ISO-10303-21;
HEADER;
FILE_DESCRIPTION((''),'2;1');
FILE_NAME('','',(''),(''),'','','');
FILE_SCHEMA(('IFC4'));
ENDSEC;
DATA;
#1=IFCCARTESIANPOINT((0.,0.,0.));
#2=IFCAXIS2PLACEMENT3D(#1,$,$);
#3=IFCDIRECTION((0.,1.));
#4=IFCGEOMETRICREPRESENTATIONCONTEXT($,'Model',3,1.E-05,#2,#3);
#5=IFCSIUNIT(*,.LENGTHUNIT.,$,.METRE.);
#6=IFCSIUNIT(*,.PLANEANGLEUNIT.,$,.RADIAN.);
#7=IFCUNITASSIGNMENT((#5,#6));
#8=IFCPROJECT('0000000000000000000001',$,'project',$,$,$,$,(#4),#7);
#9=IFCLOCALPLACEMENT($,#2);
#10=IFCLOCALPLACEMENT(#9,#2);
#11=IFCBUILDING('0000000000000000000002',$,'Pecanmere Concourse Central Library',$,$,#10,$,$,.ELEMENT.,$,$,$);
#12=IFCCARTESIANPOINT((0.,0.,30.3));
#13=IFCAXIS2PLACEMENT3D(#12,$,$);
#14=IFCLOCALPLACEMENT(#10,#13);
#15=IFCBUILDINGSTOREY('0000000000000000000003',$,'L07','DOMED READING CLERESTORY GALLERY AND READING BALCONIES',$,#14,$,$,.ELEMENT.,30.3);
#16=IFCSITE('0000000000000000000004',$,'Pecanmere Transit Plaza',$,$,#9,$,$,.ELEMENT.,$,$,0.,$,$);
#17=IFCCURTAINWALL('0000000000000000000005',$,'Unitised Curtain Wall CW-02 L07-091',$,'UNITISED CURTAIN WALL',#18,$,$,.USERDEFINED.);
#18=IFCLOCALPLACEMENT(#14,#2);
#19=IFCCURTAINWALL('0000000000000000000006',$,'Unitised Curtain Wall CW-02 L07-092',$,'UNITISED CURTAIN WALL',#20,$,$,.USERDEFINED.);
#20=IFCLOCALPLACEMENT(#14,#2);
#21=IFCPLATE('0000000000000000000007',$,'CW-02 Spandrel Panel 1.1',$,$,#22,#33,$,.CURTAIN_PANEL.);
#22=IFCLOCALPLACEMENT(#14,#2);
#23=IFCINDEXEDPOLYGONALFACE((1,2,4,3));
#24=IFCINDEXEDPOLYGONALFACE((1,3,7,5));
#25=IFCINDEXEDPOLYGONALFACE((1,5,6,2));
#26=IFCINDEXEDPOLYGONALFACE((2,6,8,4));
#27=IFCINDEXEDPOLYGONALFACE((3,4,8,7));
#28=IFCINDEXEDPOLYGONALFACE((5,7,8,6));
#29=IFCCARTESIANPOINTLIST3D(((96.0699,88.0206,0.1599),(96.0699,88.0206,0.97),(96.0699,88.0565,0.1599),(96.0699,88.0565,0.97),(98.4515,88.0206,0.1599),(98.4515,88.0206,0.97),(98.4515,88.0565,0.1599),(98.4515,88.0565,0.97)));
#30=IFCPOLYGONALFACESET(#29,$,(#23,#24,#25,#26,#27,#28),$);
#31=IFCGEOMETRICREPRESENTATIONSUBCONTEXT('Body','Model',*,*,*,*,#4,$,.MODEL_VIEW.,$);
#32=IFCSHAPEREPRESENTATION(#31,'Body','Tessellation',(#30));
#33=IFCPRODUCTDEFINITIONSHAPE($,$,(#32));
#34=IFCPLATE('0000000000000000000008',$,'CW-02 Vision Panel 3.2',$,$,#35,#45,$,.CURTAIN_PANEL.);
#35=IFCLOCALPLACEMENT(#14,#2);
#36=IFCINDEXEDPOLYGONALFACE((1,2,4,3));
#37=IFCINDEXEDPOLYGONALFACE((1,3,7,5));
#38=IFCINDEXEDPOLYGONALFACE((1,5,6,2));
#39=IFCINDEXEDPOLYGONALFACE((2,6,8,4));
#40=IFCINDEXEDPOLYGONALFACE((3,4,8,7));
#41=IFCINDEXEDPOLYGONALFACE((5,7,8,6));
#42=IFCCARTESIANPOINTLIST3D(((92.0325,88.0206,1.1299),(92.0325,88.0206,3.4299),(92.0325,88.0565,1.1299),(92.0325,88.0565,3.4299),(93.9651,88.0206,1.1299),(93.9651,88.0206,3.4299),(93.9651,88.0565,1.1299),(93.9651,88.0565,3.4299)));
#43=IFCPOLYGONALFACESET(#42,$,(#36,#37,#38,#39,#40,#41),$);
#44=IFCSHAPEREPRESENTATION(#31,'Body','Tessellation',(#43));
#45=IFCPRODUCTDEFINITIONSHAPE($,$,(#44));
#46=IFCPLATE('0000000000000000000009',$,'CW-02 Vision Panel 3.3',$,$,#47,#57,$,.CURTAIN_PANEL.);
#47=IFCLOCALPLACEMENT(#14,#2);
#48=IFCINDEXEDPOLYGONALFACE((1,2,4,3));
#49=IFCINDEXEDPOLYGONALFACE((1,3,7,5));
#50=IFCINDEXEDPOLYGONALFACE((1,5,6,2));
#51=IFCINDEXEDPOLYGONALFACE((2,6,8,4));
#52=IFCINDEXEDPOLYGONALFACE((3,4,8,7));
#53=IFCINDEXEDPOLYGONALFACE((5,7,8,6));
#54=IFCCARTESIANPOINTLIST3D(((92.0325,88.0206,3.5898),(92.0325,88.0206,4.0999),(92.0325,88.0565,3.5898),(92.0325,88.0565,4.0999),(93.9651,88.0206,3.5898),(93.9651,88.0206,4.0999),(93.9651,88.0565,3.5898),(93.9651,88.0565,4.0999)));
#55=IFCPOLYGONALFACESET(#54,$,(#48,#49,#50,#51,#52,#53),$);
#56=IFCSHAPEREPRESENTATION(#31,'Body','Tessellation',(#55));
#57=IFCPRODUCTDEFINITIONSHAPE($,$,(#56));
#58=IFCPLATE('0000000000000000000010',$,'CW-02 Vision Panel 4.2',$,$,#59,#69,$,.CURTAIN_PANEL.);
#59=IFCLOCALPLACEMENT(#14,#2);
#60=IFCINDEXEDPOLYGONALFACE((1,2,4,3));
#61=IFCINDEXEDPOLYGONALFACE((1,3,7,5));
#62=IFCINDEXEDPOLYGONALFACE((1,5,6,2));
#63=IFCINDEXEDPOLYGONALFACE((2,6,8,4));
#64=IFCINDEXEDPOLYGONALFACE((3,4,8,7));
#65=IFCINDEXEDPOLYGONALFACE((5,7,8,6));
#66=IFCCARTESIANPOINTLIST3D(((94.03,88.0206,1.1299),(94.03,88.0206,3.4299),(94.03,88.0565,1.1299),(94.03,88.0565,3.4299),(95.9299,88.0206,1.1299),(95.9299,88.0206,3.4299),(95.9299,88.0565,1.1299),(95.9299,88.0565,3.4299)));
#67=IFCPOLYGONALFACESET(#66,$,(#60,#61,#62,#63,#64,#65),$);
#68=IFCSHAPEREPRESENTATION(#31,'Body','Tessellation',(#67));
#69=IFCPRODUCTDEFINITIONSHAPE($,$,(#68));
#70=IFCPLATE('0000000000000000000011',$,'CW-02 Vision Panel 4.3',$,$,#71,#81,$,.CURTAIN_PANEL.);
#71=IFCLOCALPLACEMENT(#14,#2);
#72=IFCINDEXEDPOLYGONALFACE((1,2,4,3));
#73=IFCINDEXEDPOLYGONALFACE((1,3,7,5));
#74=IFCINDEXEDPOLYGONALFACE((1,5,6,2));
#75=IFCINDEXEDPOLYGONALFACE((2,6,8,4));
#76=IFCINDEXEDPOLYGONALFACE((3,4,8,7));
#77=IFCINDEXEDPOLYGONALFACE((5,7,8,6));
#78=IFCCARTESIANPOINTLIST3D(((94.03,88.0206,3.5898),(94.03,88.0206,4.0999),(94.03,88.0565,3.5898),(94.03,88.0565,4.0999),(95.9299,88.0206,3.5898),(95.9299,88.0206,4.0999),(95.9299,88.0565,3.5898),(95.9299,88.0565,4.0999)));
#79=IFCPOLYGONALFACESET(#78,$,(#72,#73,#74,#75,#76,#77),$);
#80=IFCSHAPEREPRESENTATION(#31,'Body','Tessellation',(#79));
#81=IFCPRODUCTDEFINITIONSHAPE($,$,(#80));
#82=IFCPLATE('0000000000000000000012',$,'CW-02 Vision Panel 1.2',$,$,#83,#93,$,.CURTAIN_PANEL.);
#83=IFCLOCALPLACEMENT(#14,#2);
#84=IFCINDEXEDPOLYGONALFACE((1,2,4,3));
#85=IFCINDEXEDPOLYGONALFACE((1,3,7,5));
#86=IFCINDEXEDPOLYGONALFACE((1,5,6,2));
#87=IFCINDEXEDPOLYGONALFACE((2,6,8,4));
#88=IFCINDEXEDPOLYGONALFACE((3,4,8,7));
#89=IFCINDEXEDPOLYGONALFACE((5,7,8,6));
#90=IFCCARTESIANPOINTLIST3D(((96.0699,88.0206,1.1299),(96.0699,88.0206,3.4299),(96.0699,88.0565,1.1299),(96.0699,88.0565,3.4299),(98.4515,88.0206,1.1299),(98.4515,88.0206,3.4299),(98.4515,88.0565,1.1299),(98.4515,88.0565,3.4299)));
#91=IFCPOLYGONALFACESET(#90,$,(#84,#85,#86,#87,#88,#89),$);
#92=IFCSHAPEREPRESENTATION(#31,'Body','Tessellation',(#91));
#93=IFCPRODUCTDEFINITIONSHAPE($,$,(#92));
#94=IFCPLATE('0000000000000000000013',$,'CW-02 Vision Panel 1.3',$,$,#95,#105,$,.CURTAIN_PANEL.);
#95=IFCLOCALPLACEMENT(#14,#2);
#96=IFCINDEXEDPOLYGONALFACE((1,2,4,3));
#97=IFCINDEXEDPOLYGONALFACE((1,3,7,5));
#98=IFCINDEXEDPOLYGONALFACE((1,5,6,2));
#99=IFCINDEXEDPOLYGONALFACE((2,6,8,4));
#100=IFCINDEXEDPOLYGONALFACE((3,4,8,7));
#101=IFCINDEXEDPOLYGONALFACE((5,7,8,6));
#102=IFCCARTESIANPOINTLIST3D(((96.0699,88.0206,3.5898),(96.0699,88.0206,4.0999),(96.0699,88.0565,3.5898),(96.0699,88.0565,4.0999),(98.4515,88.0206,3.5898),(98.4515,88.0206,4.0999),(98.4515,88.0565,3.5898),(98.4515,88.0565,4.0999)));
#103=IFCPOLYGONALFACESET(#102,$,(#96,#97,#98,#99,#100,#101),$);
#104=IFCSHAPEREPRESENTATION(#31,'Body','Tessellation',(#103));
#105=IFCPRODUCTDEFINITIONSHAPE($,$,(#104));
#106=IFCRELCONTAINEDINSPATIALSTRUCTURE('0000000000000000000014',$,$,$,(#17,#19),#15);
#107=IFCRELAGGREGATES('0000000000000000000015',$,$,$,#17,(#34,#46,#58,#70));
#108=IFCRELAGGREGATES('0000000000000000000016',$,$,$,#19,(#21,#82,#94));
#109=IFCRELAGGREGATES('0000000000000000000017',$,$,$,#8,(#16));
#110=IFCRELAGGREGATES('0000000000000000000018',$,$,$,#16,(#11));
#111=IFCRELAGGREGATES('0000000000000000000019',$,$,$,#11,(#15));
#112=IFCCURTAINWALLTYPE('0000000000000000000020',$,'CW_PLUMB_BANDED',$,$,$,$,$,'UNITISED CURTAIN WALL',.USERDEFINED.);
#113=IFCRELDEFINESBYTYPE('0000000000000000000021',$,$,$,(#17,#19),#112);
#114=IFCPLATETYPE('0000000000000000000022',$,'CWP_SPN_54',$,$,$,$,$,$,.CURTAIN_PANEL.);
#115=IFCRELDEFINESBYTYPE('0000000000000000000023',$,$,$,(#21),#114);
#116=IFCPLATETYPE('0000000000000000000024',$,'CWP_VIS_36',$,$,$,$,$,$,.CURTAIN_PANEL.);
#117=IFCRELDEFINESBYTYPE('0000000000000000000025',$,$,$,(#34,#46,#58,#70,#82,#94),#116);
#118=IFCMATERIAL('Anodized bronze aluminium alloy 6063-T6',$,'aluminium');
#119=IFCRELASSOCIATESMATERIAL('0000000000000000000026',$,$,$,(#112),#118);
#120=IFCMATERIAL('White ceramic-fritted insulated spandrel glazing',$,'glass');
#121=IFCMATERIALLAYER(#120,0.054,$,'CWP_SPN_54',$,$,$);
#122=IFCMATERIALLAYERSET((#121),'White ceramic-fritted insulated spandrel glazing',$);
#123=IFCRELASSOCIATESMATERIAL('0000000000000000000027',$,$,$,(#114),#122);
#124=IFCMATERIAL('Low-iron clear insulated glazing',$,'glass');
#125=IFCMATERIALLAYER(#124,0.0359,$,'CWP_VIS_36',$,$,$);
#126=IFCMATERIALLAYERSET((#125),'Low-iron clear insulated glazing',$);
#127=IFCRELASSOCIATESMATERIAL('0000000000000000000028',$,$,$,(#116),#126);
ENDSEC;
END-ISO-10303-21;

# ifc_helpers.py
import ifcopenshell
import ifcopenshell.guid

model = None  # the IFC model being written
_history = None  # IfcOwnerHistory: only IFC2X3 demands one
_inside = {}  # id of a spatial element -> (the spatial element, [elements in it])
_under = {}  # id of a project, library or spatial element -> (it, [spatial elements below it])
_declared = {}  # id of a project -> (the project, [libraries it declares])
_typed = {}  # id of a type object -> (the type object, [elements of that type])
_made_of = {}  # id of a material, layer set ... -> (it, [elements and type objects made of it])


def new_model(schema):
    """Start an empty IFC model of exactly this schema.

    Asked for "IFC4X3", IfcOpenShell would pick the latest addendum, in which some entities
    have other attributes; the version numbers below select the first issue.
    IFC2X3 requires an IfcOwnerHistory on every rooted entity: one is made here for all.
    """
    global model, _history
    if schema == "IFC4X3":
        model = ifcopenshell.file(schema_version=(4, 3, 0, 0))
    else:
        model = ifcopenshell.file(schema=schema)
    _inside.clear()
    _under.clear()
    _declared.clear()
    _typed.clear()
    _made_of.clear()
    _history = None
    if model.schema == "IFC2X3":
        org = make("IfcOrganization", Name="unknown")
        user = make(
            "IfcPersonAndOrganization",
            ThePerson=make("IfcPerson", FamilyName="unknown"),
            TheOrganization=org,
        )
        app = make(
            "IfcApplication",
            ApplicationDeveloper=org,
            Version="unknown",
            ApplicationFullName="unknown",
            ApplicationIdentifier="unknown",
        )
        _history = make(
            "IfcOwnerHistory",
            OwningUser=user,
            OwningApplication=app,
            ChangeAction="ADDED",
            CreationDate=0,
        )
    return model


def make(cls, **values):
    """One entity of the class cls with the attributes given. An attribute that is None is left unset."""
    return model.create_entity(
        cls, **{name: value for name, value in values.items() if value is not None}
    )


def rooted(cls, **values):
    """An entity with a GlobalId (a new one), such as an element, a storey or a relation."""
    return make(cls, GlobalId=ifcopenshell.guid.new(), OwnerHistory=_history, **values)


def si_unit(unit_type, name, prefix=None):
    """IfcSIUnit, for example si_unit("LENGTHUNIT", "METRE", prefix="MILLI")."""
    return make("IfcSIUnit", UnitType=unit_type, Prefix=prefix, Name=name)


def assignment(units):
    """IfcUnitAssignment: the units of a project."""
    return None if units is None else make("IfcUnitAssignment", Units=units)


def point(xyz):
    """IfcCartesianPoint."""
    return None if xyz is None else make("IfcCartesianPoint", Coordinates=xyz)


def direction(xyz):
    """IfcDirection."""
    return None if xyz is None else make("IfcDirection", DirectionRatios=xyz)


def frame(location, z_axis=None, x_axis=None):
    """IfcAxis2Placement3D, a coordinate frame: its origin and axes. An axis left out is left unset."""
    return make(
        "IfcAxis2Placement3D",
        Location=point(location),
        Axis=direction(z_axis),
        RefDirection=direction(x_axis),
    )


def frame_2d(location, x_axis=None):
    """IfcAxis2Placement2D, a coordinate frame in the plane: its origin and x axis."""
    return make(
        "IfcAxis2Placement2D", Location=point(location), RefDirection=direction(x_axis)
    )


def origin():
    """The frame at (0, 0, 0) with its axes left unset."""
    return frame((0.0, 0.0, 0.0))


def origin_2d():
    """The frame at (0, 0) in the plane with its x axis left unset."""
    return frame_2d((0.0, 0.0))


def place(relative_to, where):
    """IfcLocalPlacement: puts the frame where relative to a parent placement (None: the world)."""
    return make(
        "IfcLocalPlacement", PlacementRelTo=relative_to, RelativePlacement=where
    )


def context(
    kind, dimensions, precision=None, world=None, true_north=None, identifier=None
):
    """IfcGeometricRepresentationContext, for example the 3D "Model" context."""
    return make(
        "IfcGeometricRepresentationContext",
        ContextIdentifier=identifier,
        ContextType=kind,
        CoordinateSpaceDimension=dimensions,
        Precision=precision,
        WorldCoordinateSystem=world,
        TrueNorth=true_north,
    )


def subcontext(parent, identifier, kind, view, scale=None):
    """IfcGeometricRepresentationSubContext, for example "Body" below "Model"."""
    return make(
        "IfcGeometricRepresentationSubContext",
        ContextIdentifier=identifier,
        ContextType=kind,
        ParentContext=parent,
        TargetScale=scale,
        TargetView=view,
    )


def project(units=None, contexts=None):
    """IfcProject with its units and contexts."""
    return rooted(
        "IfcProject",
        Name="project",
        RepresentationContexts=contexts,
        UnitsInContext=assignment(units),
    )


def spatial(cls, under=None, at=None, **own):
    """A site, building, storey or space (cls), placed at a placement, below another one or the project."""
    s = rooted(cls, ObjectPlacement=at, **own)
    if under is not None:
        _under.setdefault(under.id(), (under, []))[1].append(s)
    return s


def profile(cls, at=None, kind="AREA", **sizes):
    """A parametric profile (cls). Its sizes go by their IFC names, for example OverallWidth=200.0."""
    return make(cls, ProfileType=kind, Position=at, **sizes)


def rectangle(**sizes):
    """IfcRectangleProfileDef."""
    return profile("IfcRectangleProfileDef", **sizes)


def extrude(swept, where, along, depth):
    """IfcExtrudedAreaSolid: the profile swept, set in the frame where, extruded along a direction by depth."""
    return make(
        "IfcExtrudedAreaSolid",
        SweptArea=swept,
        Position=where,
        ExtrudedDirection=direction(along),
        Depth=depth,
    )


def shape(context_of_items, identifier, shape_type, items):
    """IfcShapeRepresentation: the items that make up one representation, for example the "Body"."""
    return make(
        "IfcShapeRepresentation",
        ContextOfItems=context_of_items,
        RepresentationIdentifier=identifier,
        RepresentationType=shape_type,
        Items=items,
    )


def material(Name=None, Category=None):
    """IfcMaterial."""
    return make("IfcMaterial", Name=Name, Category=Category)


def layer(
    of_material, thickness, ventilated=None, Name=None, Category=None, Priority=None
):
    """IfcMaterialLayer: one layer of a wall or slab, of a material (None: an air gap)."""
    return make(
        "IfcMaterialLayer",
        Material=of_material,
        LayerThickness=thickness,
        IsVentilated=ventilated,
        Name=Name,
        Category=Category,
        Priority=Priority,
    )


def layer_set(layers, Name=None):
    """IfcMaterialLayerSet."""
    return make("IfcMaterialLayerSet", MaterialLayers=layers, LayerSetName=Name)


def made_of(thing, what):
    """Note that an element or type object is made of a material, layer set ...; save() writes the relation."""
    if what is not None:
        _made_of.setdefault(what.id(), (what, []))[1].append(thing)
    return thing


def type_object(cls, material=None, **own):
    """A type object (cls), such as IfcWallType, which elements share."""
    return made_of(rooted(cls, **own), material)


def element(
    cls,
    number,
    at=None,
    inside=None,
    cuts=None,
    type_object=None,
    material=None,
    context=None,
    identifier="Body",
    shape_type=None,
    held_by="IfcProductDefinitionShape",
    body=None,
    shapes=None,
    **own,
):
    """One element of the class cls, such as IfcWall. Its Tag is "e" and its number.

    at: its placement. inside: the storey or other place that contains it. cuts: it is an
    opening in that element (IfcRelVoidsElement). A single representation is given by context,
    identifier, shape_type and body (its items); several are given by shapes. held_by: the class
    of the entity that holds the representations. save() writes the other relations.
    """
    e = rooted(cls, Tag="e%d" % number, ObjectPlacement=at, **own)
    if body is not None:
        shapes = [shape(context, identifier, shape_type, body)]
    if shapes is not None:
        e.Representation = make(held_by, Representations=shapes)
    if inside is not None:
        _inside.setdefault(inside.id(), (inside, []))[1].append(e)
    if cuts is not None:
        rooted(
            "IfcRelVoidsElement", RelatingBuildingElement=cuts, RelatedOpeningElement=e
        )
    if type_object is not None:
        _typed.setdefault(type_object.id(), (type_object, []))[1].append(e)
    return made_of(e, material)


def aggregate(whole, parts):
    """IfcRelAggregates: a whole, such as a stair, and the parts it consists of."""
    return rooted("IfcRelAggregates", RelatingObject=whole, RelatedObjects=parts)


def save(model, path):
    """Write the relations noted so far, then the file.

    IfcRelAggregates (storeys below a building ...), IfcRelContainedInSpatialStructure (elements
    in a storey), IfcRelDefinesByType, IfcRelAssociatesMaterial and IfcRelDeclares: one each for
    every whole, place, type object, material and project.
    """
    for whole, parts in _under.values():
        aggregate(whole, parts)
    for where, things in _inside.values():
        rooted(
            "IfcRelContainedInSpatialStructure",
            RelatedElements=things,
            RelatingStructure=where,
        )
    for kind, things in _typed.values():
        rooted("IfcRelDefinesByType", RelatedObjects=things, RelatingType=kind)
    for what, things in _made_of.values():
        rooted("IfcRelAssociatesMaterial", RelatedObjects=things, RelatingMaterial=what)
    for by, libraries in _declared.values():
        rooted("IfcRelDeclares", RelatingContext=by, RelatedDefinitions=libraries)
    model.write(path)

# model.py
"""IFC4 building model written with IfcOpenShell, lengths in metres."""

from ifc_helpers import new_model, si_unit, direction, frame, origin, origin_2d, place, context, subcontext, project, spatial, rectangle, extrude, material, layer, layer_set, type_object, element, aggregate, save


model = new_model("IFC4")

# Units and contexts
model_context = context("Model", 3, precision=1e-05, world=origin(), true_north=direction((0.0, 1.0)))
body_context = subcontext(model_context, "Body", "Model", "MODEL_VIEW")
ifc_project = project(units=[si_unit("LENGTHUNIT", "METRE"), si_unit("PLANEANGLEUNIT", "RADIAN")], contexts=[model_context])

# Site, building, storey
site_placement = place(None, origin())
site = spatial("IfcSite", under=ifc_project, at=site_placement, Name="Pecanmere Transit Plaza", CompositionType="ELEMENT", RefElevation=0.0)
building_placement = place(site_placement, origin())
building = spatial("IfcBuilding", under=site, at=building_placement, Name="Pecanmere Concourse Central Library", CompositionType="ELEMENT")
storey_placement = place(building_placement, frame((0.0, 0.0, 30.3)))
storey = spatial("IfcBuildingStorey", under=building, at=storey_placement, Name="L07", Description="DOMED READING CLERESTORY GALLERY AND READING BALCONIES", CompositionType="ELEMENT", Elevation=30.3)

# Curtain walls
ifc_material_1 = material(Name="Anodized bronze aluminium alloy 6063-T6", Category="aluminium")
curtain_wall_type = type_object("IfcCurtainWallType", Name="CW_PLUMB_BANDED", ElementType="UNITISED CURTAIN WALL", PredefinedType="USERDEFINED", material=ifc_material_1)
curtain_wall_1_placement = place(storey_placement, origin())
curtain_wall_1 = element("IfcCurtainWall", 1, at=curtain_wall_1_placement, inside=storey, type_object=curtain_wall_type, Name="Unitised Curtain Wall CW-02 L07-091", ObjectType="UNITISED CURTAIN WALL", PredefinedType="USERDEFINED")
curtain_wall_2_placement = place(storey_placement, origin())
curtain_wall_2 = element("IfcCurtainWall", 2, at=curtain_wall_2_placement, inside=storey, type_object=curtain_wall_type, Name="Unitised Curtain Wall CW-02 L07-092", ObjectType="UNITISED CURTAIN WALL", PredefinedType="USERDEFINED")

# Plates
ifc_material_2 = material(Name="White ceramic-fritted insulated spandrel glazing", Category="glass")
ifc_layer_1 = layer(ifc_material_2, 0.054, Name="CWP_SPN_54")
ifc_layer_set_1 = layer_set([ifc_layer_1], Name="White ceramic-fritted insulated spandrel glazing")
plate_type_1 = type_object("IfcPlateType", Name="CWP_SPN_54", PredefinedType="CURTAIN_PANEL", material=ifc_layer_set_1)
plate_1_placement = place(storey_placement, frame((97.2607, 88.0386, 0.1599), z_axis=(0.0, 0.0, 1.0), x_axis=(1.0, 0.0, 0.0)))
plate_1 = element("IfcPlate", 3, at=plate_1_placement, type_object=plate_type_1, Name="CW-02 Spandrel Panel 1.1", PredefinedType="CURTAIN_PANEL", context=body_context, shape_type="SweptSolid", body=[
    extrude(rectangle(XDim=2.3816, YDim=0.0359, at=origin_2d()), origin(), (0.0, 0.0, 1.0), 0.8101),
])
ifc_material_3 = material(Name="Low-iron clear insulated glazing", Category="glass")
ifc_layer_2 = layer(ifc_material_3, 0.0359, Name="CWP_VIS_36")
ifc_layer_set_2 = layer_set([ifc_layer_2], Name="Low-iron clear insulated glazing")
plate_type_2 = type_object("IfcPlateType", Name="CWP_VIS_36", PredefinedType="CURTAIN_PANEL", material=ifc_layer_set_2)
plate_2_placement = place(storey_placement, frame((92.9988, 88.0386, 1.1299), z_axis=(0.0, 0.0, 1.0), x_axis=(1.0, 0.0, 0.0)))
plate_2 = element("IfcPlate", 4, at=plate_2_placement, type_object=plate_type_2, Name="CW-02 Vision Panel 3.2", PredefinedType="CURTAIN_PANEL", context=body_context, shape_type="SweptSolid", body=[
    extrude(rectangle(XDim=1.9326, YDim=0.0359, at=origin_2d()), origin(), (0.0, 0.0, 1.0), 2.3),
])
plate_3_placement = place(storey_placement, frame((92.9988, 88.0386, 3.5898), z_axis=(0.0, 0.0, 1.0), x_axis=(1.0, 0.0, 0.0)))
plate_3 = element("IfcPlate", 5, at=plate_3_placement, type_object=plate_type_2, Name="CW-02 Vision Panel 3.3", PredefinedType="CURTAIN_PANEL", context=body_context, shape_type="SweptSolid", body=[
    extrude(rectangle(XDim=1.9326, YDim=0.0359, at=origin_2d()), origin(), (0.0, 0.0, 1.0), 0.51),
])
plate_4_placement = place(storey_placement, frame((94.98, 88.0386, 1.1299), z_axis=(0.0, 0.0, 1.0), x_axis=(1.0, 0.0, 0.0)))
plate_4 = element("IfcPlate", 6, at=plate_4_placement, type_object=plate_type_2, Name="CW-02 Vision Panel 4.2", PredefinedType="CURTAIN_PANEL", context=body_context, shape_type="SweptSolid", body=[
    extrude(rectangle(XDim=1.8999, YDim=0.0359, at=origin_2d()), origin(), (0.0, 0.0, 1.0), 2.3),
])
plate_5_placement = place(storey_placement, frame((94.98, 88.0386, 3.5898), z_axis=(0.0, 0.0, 1.0), x_axis=(1.0, 0.0, 0.0)))
plate_5 = element("IfcPlate", 7, at=plate_5_placement, type_object=plate_type_2, Name="CW-02 Vision Panel 4.3", PredefinedType="CURTAIN_PANEL", context=body_context, shape_type="SweptSolid", body=[
    extrude(rectangle(XDim=1.8999, YDim=0.0359, at=origin_2d()), origin(), (0.0, 0.0, 1.0), 0.51),
])
aggregate(curtain_wall_1, [plate_2, plate_3, plate_4, plate_5])
plate_6_placement = place(storey_placement, frame((97.2607, 88.0386, 1.1299), z_axis=(0.0, 0.0, 1.0), x_axis=(1.0, 0.0, 0.0)))
plate_6 = element("IfcPlate", 8, at=plate_6_placement, type_object=plate_type_2, Name="CW-02 Vision Panel 1.2", PredefinedType="CURTAIN_PANEL", context=body_context, shape_type="SweptSolid", body=[
    extrude(rectangle(XDim=2.3816, YDim=0.0359, at=origin_2d()), origin(), (0.0, 0.0, 1.0), 2.3),
])
plate_7_placement = place(storey_placement, frame((97.2607, 88.0386, 3.5898), z_axis=(0.0, 0.0, 1.0), x_axis=(1.0, 0.0, 0.0)))
plate_7 = element("IfcPlate", 9, at=plate_7_placement, type_object=plate_type_2, Name="CW-02 Vision Panel 1.3", PredefinedType="CURTAIN_PANEL", context=body_context, shape_type="SweptSolid", body=[
    extrude(rectangle(XDim=2.3816, YDim=0.0359, at=origin_2d()), origin(), (0.0, 0.0, 1.0), 0.51),
])
aggregate(curtain_wall_2, [plate_1, plate_6, plate_7])

save(model, "model.ifc")
